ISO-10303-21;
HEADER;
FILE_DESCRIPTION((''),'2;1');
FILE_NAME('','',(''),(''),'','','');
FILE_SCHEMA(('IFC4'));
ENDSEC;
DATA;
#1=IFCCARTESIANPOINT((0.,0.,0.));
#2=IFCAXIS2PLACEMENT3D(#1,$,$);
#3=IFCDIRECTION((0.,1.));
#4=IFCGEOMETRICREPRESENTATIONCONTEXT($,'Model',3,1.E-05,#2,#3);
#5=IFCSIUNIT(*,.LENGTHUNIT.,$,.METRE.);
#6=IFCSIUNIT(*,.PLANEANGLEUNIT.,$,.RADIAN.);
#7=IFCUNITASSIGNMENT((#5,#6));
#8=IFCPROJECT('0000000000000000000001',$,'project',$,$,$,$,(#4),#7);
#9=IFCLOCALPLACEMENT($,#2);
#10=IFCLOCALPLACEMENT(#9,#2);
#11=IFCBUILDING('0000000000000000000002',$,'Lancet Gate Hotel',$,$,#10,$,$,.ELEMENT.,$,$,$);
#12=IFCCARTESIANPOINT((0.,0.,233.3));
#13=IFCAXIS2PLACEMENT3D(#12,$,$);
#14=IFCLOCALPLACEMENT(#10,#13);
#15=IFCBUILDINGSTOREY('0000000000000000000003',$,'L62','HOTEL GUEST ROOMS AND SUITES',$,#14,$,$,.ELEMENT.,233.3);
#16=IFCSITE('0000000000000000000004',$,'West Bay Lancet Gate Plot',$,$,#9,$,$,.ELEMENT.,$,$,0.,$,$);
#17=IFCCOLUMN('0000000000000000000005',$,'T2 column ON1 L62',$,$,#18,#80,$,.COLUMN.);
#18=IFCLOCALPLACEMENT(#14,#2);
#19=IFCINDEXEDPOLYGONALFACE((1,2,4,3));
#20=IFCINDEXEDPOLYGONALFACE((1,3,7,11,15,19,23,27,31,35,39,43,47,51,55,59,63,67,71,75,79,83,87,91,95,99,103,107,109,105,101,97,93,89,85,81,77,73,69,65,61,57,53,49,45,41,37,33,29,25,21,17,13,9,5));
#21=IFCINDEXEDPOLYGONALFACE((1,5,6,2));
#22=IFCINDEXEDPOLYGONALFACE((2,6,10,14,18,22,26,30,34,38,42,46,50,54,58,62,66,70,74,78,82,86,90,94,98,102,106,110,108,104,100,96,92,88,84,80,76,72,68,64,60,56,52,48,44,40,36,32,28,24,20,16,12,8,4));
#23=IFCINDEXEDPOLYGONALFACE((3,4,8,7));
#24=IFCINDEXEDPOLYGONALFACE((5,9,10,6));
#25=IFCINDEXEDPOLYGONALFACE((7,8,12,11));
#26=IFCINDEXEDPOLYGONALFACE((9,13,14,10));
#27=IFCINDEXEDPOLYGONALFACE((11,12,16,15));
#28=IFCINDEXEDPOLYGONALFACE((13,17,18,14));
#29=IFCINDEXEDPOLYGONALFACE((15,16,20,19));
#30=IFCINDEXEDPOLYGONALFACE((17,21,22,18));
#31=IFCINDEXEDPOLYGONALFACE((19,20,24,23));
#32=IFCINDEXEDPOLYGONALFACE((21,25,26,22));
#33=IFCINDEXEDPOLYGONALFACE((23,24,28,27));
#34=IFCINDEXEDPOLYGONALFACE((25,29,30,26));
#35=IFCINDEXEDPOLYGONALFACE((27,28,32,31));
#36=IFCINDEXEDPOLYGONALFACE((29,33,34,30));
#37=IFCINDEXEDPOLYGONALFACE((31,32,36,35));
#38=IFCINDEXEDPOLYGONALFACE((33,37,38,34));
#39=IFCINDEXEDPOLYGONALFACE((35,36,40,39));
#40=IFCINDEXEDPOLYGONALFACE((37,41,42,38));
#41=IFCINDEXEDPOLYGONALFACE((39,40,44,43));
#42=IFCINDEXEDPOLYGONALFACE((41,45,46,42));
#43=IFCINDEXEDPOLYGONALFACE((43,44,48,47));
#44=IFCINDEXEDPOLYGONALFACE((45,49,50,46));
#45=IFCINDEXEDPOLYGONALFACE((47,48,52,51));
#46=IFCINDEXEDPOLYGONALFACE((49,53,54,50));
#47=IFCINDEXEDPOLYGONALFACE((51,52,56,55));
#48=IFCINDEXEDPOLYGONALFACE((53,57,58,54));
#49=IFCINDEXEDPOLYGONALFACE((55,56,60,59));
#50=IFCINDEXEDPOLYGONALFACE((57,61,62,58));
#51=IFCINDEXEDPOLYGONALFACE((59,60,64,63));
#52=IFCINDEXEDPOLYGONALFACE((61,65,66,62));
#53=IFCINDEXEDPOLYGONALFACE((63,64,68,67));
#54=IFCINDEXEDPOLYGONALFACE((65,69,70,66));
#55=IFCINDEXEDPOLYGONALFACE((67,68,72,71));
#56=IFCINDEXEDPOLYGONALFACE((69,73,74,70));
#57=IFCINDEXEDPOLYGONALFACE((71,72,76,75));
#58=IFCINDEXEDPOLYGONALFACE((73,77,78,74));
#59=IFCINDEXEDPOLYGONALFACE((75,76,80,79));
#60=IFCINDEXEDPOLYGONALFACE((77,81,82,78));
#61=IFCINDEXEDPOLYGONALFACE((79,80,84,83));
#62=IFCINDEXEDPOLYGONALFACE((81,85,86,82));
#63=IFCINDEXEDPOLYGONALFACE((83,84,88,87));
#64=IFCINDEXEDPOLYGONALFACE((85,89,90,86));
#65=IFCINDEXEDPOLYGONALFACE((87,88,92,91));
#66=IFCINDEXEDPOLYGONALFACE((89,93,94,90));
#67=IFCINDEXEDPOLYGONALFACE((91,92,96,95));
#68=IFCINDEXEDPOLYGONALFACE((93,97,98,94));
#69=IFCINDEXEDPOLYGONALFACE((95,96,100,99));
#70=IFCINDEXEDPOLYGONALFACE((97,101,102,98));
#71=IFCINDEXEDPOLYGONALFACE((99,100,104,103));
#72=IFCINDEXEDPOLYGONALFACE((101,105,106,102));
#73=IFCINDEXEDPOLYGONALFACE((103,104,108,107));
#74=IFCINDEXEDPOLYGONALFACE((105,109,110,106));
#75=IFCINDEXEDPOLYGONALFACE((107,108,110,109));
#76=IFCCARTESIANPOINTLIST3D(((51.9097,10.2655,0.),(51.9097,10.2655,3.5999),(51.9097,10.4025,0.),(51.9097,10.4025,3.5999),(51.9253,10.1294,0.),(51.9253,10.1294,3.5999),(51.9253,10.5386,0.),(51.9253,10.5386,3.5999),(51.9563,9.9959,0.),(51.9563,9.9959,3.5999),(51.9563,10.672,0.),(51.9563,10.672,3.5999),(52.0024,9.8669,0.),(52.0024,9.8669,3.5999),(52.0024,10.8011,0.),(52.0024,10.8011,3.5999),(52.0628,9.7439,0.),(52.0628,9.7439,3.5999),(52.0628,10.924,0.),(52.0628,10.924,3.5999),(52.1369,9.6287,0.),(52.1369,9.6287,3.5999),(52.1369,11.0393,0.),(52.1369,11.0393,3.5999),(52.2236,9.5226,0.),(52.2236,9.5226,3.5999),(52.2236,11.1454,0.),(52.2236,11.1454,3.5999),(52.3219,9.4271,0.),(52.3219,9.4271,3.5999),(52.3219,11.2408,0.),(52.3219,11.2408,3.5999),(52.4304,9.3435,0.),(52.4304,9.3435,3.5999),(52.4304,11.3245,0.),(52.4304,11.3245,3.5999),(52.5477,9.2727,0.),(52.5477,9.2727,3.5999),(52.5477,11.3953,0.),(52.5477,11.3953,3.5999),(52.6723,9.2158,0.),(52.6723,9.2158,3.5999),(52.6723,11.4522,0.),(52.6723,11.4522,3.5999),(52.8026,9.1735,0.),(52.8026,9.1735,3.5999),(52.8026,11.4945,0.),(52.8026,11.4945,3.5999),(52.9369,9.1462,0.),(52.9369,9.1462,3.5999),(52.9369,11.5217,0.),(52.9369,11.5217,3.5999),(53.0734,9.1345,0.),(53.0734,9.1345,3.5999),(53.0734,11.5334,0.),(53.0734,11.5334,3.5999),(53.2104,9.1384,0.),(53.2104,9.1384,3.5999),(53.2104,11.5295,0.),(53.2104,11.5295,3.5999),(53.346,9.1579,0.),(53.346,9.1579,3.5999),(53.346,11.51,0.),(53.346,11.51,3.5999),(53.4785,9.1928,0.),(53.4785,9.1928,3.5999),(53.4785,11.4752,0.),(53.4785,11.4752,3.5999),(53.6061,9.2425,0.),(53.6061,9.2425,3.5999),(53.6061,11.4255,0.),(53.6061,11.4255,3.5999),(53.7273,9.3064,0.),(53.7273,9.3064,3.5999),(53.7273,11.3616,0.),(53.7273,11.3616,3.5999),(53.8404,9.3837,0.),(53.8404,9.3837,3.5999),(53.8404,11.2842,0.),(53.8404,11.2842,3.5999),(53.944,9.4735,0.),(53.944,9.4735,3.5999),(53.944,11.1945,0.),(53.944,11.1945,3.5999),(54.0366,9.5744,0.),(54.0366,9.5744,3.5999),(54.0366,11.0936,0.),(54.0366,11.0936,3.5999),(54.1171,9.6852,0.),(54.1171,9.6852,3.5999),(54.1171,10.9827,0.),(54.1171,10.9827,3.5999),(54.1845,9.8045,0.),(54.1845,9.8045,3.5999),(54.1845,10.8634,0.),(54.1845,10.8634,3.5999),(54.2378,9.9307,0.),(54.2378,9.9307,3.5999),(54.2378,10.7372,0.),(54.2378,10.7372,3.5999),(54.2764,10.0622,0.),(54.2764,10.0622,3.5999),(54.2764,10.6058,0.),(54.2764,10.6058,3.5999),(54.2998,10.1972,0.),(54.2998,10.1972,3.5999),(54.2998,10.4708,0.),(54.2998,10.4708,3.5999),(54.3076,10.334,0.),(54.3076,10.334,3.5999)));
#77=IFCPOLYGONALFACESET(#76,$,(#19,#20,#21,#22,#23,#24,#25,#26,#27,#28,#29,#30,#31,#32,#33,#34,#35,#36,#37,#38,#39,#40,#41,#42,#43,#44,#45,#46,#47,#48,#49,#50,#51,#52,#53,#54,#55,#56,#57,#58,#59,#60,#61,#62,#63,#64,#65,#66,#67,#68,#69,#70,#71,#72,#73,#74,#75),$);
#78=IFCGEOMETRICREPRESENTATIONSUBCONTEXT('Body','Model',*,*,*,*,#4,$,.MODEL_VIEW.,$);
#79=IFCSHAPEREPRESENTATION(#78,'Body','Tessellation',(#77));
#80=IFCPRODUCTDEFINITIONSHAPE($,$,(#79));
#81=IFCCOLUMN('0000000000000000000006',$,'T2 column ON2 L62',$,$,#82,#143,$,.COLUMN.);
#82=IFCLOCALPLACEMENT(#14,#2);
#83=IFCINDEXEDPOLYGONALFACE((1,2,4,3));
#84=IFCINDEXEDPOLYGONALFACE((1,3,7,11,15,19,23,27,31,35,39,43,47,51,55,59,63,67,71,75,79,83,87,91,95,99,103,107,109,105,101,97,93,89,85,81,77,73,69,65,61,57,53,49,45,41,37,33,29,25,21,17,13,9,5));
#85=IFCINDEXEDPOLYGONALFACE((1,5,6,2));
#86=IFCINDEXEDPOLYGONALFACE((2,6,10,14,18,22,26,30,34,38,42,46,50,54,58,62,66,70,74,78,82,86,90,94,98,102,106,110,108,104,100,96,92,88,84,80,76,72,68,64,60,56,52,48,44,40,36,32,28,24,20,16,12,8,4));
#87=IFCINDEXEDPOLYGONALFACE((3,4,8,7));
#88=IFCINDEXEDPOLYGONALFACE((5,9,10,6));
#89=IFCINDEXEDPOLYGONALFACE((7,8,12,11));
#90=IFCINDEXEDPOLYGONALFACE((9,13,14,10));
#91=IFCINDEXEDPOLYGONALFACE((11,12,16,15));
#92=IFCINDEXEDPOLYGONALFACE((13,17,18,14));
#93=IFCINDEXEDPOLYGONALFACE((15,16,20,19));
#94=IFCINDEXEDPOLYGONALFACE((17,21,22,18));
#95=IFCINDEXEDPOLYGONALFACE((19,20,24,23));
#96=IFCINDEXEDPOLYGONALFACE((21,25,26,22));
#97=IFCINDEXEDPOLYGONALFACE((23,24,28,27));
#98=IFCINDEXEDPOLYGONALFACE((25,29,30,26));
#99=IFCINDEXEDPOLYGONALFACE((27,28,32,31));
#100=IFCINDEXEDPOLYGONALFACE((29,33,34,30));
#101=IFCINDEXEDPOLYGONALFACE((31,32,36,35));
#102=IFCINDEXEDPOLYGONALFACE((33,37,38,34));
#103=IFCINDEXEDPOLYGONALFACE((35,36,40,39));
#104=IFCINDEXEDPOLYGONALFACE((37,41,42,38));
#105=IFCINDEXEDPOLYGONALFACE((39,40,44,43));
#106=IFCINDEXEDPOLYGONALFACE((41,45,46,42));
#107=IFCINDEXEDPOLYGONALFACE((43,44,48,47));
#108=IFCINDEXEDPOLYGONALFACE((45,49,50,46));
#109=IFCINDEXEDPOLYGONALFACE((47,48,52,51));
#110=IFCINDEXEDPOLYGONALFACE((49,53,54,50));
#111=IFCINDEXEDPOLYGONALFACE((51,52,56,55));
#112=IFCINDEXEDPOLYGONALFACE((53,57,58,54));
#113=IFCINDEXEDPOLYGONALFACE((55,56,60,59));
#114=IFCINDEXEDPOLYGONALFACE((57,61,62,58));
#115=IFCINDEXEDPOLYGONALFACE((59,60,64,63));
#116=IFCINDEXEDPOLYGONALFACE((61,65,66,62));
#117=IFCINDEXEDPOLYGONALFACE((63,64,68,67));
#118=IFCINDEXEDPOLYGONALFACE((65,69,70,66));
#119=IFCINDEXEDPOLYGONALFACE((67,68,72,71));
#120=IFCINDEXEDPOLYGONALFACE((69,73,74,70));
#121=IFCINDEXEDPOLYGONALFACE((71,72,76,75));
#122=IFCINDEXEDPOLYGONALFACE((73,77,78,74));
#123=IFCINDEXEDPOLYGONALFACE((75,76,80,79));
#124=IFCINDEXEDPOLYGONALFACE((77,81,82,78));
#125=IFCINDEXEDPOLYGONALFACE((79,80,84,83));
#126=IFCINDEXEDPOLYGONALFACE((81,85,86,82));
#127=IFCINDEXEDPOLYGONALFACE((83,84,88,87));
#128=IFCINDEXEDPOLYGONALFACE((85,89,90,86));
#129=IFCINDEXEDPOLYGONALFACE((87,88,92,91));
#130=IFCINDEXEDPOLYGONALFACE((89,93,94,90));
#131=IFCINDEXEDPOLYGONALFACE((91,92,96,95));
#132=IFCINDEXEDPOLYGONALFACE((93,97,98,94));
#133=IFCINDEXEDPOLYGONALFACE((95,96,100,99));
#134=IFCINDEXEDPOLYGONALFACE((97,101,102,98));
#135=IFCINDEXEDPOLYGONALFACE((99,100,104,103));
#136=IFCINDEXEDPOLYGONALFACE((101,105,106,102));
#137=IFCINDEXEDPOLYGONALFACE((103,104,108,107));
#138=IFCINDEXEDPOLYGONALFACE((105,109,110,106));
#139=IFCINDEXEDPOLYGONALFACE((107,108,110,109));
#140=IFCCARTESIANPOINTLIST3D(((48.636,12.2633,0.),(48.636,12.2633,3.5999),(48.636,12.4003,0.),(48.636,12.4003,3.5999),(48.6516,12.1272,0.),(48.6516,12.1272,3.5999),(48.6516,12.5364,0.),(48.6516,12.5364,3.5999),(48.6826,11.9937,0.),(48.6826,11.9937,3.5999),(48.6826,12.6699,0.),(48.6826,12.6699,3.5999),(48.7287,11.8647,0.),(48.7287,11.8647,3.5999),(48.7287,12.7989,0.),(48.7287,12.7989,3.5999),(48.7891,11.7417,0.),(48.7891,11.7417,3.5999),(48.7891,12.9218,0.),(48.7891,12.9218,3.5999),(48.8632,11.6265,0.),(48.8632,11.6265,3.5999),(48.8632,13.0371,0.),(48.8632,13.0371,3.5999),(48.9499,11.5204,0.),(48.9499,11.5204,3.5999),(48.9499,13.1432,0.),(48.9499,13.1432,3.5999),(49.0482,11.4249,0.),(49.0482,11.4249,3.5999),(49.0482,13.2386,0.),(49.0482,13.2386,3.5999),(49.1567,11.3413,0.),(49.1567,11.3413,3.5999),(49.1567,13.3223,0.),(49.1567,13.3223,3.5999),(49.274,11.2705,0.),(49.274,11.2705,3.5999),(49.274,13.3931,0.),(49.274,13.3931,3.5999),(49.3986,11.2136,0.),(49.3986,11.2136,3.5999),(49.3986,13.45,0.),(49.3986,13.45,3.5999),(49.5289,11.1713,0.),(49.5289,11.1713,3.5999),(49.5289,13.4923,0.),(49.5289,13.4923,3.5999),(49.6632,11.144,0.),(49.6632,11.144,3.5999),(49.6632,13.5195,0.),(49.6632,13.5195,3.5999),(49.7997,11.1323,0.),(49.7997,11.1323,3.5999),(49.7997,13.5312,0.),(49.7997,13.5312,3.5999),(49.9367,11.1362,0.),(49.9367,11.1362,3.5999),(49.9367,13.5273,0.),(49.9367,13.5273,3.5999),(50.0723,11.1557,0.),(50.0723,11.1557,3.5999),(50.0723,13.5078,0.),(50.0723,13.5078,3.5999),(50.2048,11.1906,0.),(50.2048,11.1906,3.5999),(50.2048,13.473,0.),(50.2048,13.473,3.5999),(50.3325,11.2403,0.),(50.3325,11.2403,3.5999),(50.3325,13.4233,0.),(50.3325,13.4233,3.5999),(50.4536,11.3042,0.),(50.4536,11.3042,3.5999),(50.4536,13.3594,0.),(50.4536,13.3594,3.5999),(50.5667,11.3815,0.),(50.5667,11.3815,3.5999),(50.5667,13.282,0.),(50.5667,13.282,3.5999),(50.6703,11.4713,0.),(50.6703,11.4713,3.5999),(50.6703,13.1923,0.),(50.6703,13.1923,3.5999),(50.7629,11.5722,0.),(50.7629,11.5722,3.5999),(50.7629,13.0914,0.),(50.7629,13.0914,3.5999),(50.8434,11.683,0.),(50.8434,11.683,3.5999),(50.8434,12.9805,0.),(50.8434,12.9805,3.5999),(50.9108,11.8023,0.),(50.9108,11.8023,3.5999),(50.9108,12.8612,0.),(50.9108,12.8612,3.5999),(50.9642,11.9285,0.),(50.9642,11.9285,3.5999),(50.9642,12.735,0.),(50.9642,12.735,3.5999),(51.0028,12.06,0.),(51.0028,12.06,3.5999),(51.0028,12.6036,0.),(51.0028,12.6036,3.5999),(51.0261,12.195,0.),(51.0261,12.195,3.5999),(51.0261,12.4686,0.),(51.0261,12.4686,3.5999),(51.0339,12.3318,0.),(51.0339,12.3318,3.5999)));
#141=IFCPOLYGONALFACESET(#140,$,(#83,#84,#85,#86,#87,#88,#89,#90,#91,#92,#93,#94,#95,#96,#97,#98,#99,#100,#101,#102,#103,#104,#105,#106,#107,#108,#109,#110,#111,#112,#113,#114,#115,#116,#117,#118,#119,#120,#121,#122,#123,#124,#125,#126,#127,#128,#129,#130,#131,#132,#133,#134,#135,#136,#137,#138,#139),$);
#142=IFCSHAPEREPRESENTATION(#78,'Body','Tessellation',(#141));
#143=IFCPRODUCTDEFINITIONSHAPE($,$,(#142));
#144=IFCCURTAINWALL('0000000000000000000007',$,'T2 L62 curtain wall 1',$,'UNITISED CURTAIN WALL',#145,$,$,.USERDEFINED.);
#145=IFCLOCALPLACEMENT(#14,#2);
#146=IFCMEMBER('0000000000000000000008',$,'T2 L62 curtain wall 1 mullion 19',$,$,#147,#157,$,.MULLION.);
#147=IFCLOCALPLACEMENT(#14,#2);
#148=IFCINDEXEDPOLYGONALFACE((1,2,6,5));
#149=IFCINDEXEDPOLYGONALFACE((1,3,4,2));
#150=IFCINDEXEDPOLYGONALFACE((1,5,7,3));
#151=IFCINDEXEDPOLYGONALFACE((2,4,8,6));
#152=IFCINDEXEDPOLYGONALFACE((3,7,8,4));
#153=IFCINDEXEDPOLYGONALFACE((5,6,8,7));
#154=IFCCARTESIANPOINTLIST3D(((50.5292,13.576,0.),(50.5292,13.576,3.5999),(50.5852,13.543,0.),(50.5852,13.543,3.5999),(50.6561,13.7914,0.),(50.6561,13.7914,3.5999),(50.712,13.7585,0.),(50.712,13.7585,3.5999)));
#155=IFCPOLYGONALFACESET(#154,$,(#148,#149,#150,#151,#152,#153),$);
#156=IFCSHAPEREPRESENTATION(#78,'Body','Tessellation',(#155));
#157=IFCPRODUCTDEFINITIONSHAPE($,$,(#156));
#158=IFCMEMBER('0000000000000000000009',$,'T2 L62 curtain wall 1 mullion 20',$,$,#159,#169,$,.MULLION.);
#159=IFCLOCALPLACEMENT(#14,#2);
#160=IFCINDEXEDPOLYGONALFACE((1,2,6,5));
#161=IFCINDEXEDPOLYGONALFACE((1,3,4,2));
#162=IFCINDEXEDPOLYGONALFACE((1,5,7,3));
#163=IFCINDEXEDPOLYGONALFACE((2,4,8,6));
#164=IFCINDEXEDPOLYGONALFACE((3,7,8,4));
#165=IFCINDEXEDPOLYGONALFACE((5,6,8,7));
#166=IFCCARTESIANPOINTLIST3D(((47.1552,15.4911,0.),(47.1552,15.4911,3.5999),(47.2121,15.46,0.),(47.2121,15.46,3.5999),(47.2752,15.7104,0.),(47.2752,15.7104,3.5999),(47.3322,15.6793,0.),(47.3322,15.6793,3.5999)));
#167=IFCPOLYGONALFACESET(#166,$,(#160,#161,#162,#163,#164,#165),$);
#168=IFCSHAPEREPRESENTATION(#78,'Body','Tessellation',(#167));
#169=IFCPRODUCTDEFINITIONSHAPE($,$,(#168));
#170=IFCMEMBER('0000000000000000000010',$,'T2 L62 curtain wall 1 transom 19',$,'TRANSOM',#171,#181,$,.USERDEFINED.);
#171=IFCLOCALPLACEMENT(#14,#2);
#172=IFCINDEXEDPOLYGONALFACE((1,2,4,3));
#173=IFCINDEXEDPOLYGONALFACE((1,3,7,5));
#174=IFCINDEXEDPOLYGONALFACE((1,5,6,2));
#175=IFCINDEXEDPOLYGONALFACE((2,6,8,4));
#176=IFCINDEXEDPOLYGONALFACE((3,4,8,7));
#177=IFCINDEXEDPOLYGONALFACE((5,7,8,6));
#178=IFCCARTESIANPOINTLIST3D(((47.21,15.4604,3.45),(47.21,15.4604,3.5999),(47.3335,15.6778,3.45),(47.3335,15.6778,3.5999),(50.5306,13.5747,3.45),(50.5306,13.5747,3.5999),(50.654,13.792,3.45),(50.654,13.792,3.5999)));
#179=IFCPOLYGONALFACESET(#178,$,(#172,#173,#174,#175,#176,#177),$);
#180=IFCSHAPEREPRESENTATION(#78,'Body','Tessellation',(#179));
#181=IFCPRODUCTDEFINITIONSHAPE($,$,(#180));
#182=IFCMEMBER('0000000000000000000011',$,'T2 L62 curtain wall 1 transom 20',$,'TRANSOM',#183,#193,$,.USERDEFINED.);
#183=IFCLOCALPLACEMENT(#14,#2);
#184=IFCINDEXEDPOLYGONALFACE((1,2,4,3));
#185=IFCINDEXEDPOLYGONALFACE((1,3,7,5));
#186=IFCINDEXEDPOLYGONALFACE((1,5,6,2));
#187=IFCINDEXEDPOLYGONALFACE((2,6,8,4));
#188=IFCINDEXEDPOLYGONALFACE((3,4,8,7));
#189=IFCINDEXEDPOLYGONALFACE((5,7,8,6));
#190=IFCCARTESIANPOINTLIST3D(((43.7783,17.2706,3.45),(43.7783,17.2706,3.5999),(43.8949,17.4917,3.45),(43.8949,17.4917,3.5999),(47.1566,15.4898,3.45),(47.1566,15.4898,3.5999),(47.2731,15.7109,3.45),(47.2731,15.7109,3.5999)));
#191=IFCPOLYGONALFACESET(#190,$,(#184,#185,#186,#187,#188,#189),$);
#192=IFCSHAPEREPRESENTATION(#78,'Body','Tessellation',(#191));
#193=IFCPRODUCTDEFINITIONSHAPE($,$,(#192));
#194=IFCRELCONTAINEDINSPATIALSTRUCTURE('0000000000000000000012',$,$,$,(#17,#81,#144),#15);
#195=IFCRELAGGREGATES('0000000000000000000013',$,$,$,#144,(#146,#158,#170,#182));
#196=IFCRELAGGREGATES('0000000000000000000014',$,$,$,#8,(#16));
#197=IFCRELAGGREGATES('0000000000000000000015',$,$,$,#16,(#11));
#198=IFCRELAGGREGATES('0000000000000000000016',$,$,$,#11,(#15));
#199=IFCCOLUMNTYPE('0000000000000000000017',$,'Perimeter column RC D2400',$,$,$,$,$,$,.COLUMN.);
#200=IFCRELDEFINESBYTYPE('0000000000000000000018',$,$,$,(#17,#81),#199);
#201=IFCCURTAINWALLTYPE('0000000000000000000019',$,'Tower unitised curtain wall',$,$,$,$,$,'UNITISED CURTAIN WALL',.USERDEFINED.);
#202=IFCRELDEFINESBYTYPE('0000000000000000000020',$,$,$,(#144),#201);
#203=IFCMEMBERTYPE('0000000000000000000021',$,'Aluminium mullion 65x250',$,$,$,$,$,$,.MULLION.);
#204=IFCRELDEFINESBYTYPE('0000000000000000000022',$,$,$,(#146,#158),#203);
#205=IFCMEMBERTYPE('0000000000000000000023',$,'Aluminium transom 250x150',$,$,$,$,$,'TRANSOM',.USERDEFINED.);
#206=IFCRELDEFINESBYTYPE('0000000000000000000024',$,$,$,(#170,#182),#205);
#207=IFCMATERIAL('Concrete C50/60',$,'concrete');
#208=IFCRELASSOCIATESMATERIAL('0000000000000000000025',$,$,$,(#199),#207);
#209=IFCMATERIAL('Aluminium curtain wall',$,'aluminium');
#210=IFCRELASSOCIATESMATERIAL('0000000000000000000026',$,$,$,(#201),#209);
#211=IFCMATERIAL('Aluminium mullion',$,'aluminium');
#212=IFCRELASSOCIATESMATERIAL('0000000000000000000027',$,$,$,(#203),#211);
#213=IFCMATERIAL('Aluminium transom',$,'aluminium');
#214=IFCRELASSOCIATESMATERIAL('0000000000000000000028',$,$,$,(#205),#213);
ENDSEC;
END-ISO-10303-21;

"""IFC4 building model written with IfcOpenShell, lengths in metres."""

from ifc_helpers import new_model, si_unit, direction, frame, origin, origin_2d, place, context, subcontext, project, spatial, rectangle, circle, extrude, material, material_profile, profile_set, type_object, element, aggregate, save


model = new_model("IFC4")

# Units and contexts
model_context = context("Model", 3, precision=1e-05, world=origin(), true_north=direction((0.0, 1.0)))
body_context = subcontext(model_context, "Body", "Model", "MODEL_VIEW")
ifc_project = project(units=[si_unit("LENGTHUNIT", "METRE"), si_unit("PLANEANGLEUNIT", "RADIAN")], contexts=[model_context])

# Site, building, storey
site_placement = place(None, origin())
site = spatial("IfcSite", under=ifc_project, at=site_placement, Name="West Bay Lancet Gate Plot", CompositionType="ELEMENT", RefElevation=0.0)
building_placement = place(site_placement, origin())
building = spatial("IfcBuilding", under=site, at=building_placement, Name="Lancet Gate Hotel", CompositionType="ELEMENT")
storey_placement = place(building_placement, frame((0.0, 0.0, 233.3)))
storey = spatial("IfcBuildingStorey", under=building, at=storey_placement, Name="L62", Description="HOTEL GUEST ROOMS AND SUITES", CompositionType="ELEMENT", Elevation=233.3)

# Columns
ifc_material_1 = material(Name="Concrete C50/60", Category="concrete")
ifc_material_profile_1 = material_profile(ifc_material_1, circle(Radius=1.2, at=origin_2d()), Name="RC D2400")
ifc_profile_set_1 = profile_set([ifc_material_profile_1], Name="Concrete C50/60")
column_type = type_object("IfcColumnType", Name="Perimeter column RC D2400", PredefinedType="COLUMN", material=ifc_profile_set_1)
for number, where, z_axis, x_axis, name in (
    (1, (53.1077, 10.334, 0.0), (0.0, 0.0, 1.0), (1.0, 0.0, 0.0), "T2 column ON1 L62"),
    (2, (49.834, 12.3318, 0.0), (0.0, 0.0, 1.0), (1.0, 0.0, 0.0), "T2 column ON2 L62"),
):
    element("IfcColumn", number, at=place(storey_placement, frame(where, z_axis=z_axis, x_axis=x_axis)), inside=storey, type_object=column_type, Name=name, PredefinedType="COLUMN", context=body_context, shape_type="SweptSolid", body=[
        extrude(circle(Radius=1.2, at=origin_2d()), origin(), (0.0, 0.0, 1.0), 3.5999),
    ])

# Curtain wall, members
ifc_material_2 = material(Name="Aluminium curtain wall", Category="aluminium")
curtain_wall_type = type_object("IfcCurtainWallType", Name="Tower unitised curtain wall", ElementType="UNITISED CURTAIN WALL", PredefinedType="USERDEFINED", material=ifc_material_2)
curtain_wall_placement = place(storey_placement, origin())
curtain_wall = element("IfcCurtainWall", 3, at=curtain_wall_placement, inside=storey, type_object=curtain_wall_type, Name="T2 L62 curtain wall 1", ObjectType="UNITISED CURTAIN WALL", PredefinedType="USERDEFINED")
ifc_material_3 = material(Name="Aluminium mullion", Category="aluminium")
ifc_material_profile_2 = material_profile(ifc_material_3, rectangle(XDim=0.0649, YDim=0.25, at=origin_2d()), Name="MULLION 65x250")
ifc_profile_set_2 = profile_set([ifc_material_profile_2], Name="Aluminium mullion")
member_type_1 = type_object("IfcMemberType", Name="Aluminium mullion 65x250", PredefinedType="MULLION", material=ifc_profile_set_2)
member_1_placement = place(storey_placement, frame((50.6206, 13.6672, 0.0), z_axis=(0.0, 0.0, 1.0), x_axis=(-0.861692, 0.507432, 0.0)))
member_1 = element("IfcMember", 4, at=member_1_placement, type_object=member_type_1, Name="T2 L62 curtain wall 1 mullion 19", PredefinedType="MULLION", context=body_context, shape_type="SweptSolid", body=[
    extrude(rectangle(XDim=0.0649, YDim=0.25, at=origin_2d()), origin(), (0.0, 0.0, 1.0), 3.5999),
])
member_2_placement = place(storey_placement, frame((47.2437, 15.5852, 0.0), z_axis=(0.0, 0.0, 1.0), x_axis=(-0.877195, 0.480135, 0.0)))
member_2 = element("IfcMember", 5, at=member_2_placement, type_object=member_type_1, Name="T2 L62 curtain wall 1 mullion 20", PredefinedType="MULLION", context=body_context, shape_type="SweptSolid", body=[
    extrude(rectangle(XDim=0.0649, YDim=0.25, at=origin_2d()), origin(), (0.0, 0.0, 1.0), 3.5999),
])
ifc_material_4 = material(Name="Aluminium transom", Category="aluminium")
ifc_material_profile_3 = material_profile(ifc_material_4, rectangle(XDim=0.25, YDim=0.1499, at=origin_2d()), Name="TRANSOM 250x150")
ifc_profile_set_3 = profile_set([ifc_material_profile_3], Name="Aluminium transom")
member_type_2 = type_object("IfcMemberType", Name="Aluminium transom 250x150", ElementType="TRANSOM", PredefinedType="USERDEFINED", material=ifc_profile_set_3)
member_3_placement = place(storey_placement, frame((50.5923, 13.6833, 3.5249), z_axis=(-0.869562, 0.493824, 0.0), x_axis=(-0.493824, -0.869562, 0.0)))
member_3 = element("IfcMember", 6, at=member_3_placement, type_object=member_type_2, Name="T2 L62 curtain wall 1 transom 19", ObjectType="TRANSOM", PredefinedType="USERDEFINED", context=body_context, shape_type="SweptSolid", body=[
    extrude(rectangle(XDim=0.25, YDim=0.1499, at=origin_2d()), origin(), (0.0, 0.0, 1.0), 3.8186),
])
member_4_placement = place(storey_placement, frame((47.2148, 15.6003, 3.5249), z_axis=(-0.884618, 0.466315, 0.0), x_axis=(-0.466315, -0.884618, 0.0)))
member_4 = element("IfcMember", 7, at=member_4_placement, type_object=member_type_2, Name="T2 L62 curtain wall 1 transom 20", ObjectType="TRANSOM", PredefinedType="USERDEFINED", context=body_context, shape_type="SweptSolid", body=[
    extrude(rectangle(XDim=0.25, YDim=0.1499, at=origin_2d()), origin(), (0.0, 0.0, 1.0), 3.8188),
])

aggregate(curtain_wall, [member_1, member_2, member_3, member_4])

save(model, "model.ifc")
